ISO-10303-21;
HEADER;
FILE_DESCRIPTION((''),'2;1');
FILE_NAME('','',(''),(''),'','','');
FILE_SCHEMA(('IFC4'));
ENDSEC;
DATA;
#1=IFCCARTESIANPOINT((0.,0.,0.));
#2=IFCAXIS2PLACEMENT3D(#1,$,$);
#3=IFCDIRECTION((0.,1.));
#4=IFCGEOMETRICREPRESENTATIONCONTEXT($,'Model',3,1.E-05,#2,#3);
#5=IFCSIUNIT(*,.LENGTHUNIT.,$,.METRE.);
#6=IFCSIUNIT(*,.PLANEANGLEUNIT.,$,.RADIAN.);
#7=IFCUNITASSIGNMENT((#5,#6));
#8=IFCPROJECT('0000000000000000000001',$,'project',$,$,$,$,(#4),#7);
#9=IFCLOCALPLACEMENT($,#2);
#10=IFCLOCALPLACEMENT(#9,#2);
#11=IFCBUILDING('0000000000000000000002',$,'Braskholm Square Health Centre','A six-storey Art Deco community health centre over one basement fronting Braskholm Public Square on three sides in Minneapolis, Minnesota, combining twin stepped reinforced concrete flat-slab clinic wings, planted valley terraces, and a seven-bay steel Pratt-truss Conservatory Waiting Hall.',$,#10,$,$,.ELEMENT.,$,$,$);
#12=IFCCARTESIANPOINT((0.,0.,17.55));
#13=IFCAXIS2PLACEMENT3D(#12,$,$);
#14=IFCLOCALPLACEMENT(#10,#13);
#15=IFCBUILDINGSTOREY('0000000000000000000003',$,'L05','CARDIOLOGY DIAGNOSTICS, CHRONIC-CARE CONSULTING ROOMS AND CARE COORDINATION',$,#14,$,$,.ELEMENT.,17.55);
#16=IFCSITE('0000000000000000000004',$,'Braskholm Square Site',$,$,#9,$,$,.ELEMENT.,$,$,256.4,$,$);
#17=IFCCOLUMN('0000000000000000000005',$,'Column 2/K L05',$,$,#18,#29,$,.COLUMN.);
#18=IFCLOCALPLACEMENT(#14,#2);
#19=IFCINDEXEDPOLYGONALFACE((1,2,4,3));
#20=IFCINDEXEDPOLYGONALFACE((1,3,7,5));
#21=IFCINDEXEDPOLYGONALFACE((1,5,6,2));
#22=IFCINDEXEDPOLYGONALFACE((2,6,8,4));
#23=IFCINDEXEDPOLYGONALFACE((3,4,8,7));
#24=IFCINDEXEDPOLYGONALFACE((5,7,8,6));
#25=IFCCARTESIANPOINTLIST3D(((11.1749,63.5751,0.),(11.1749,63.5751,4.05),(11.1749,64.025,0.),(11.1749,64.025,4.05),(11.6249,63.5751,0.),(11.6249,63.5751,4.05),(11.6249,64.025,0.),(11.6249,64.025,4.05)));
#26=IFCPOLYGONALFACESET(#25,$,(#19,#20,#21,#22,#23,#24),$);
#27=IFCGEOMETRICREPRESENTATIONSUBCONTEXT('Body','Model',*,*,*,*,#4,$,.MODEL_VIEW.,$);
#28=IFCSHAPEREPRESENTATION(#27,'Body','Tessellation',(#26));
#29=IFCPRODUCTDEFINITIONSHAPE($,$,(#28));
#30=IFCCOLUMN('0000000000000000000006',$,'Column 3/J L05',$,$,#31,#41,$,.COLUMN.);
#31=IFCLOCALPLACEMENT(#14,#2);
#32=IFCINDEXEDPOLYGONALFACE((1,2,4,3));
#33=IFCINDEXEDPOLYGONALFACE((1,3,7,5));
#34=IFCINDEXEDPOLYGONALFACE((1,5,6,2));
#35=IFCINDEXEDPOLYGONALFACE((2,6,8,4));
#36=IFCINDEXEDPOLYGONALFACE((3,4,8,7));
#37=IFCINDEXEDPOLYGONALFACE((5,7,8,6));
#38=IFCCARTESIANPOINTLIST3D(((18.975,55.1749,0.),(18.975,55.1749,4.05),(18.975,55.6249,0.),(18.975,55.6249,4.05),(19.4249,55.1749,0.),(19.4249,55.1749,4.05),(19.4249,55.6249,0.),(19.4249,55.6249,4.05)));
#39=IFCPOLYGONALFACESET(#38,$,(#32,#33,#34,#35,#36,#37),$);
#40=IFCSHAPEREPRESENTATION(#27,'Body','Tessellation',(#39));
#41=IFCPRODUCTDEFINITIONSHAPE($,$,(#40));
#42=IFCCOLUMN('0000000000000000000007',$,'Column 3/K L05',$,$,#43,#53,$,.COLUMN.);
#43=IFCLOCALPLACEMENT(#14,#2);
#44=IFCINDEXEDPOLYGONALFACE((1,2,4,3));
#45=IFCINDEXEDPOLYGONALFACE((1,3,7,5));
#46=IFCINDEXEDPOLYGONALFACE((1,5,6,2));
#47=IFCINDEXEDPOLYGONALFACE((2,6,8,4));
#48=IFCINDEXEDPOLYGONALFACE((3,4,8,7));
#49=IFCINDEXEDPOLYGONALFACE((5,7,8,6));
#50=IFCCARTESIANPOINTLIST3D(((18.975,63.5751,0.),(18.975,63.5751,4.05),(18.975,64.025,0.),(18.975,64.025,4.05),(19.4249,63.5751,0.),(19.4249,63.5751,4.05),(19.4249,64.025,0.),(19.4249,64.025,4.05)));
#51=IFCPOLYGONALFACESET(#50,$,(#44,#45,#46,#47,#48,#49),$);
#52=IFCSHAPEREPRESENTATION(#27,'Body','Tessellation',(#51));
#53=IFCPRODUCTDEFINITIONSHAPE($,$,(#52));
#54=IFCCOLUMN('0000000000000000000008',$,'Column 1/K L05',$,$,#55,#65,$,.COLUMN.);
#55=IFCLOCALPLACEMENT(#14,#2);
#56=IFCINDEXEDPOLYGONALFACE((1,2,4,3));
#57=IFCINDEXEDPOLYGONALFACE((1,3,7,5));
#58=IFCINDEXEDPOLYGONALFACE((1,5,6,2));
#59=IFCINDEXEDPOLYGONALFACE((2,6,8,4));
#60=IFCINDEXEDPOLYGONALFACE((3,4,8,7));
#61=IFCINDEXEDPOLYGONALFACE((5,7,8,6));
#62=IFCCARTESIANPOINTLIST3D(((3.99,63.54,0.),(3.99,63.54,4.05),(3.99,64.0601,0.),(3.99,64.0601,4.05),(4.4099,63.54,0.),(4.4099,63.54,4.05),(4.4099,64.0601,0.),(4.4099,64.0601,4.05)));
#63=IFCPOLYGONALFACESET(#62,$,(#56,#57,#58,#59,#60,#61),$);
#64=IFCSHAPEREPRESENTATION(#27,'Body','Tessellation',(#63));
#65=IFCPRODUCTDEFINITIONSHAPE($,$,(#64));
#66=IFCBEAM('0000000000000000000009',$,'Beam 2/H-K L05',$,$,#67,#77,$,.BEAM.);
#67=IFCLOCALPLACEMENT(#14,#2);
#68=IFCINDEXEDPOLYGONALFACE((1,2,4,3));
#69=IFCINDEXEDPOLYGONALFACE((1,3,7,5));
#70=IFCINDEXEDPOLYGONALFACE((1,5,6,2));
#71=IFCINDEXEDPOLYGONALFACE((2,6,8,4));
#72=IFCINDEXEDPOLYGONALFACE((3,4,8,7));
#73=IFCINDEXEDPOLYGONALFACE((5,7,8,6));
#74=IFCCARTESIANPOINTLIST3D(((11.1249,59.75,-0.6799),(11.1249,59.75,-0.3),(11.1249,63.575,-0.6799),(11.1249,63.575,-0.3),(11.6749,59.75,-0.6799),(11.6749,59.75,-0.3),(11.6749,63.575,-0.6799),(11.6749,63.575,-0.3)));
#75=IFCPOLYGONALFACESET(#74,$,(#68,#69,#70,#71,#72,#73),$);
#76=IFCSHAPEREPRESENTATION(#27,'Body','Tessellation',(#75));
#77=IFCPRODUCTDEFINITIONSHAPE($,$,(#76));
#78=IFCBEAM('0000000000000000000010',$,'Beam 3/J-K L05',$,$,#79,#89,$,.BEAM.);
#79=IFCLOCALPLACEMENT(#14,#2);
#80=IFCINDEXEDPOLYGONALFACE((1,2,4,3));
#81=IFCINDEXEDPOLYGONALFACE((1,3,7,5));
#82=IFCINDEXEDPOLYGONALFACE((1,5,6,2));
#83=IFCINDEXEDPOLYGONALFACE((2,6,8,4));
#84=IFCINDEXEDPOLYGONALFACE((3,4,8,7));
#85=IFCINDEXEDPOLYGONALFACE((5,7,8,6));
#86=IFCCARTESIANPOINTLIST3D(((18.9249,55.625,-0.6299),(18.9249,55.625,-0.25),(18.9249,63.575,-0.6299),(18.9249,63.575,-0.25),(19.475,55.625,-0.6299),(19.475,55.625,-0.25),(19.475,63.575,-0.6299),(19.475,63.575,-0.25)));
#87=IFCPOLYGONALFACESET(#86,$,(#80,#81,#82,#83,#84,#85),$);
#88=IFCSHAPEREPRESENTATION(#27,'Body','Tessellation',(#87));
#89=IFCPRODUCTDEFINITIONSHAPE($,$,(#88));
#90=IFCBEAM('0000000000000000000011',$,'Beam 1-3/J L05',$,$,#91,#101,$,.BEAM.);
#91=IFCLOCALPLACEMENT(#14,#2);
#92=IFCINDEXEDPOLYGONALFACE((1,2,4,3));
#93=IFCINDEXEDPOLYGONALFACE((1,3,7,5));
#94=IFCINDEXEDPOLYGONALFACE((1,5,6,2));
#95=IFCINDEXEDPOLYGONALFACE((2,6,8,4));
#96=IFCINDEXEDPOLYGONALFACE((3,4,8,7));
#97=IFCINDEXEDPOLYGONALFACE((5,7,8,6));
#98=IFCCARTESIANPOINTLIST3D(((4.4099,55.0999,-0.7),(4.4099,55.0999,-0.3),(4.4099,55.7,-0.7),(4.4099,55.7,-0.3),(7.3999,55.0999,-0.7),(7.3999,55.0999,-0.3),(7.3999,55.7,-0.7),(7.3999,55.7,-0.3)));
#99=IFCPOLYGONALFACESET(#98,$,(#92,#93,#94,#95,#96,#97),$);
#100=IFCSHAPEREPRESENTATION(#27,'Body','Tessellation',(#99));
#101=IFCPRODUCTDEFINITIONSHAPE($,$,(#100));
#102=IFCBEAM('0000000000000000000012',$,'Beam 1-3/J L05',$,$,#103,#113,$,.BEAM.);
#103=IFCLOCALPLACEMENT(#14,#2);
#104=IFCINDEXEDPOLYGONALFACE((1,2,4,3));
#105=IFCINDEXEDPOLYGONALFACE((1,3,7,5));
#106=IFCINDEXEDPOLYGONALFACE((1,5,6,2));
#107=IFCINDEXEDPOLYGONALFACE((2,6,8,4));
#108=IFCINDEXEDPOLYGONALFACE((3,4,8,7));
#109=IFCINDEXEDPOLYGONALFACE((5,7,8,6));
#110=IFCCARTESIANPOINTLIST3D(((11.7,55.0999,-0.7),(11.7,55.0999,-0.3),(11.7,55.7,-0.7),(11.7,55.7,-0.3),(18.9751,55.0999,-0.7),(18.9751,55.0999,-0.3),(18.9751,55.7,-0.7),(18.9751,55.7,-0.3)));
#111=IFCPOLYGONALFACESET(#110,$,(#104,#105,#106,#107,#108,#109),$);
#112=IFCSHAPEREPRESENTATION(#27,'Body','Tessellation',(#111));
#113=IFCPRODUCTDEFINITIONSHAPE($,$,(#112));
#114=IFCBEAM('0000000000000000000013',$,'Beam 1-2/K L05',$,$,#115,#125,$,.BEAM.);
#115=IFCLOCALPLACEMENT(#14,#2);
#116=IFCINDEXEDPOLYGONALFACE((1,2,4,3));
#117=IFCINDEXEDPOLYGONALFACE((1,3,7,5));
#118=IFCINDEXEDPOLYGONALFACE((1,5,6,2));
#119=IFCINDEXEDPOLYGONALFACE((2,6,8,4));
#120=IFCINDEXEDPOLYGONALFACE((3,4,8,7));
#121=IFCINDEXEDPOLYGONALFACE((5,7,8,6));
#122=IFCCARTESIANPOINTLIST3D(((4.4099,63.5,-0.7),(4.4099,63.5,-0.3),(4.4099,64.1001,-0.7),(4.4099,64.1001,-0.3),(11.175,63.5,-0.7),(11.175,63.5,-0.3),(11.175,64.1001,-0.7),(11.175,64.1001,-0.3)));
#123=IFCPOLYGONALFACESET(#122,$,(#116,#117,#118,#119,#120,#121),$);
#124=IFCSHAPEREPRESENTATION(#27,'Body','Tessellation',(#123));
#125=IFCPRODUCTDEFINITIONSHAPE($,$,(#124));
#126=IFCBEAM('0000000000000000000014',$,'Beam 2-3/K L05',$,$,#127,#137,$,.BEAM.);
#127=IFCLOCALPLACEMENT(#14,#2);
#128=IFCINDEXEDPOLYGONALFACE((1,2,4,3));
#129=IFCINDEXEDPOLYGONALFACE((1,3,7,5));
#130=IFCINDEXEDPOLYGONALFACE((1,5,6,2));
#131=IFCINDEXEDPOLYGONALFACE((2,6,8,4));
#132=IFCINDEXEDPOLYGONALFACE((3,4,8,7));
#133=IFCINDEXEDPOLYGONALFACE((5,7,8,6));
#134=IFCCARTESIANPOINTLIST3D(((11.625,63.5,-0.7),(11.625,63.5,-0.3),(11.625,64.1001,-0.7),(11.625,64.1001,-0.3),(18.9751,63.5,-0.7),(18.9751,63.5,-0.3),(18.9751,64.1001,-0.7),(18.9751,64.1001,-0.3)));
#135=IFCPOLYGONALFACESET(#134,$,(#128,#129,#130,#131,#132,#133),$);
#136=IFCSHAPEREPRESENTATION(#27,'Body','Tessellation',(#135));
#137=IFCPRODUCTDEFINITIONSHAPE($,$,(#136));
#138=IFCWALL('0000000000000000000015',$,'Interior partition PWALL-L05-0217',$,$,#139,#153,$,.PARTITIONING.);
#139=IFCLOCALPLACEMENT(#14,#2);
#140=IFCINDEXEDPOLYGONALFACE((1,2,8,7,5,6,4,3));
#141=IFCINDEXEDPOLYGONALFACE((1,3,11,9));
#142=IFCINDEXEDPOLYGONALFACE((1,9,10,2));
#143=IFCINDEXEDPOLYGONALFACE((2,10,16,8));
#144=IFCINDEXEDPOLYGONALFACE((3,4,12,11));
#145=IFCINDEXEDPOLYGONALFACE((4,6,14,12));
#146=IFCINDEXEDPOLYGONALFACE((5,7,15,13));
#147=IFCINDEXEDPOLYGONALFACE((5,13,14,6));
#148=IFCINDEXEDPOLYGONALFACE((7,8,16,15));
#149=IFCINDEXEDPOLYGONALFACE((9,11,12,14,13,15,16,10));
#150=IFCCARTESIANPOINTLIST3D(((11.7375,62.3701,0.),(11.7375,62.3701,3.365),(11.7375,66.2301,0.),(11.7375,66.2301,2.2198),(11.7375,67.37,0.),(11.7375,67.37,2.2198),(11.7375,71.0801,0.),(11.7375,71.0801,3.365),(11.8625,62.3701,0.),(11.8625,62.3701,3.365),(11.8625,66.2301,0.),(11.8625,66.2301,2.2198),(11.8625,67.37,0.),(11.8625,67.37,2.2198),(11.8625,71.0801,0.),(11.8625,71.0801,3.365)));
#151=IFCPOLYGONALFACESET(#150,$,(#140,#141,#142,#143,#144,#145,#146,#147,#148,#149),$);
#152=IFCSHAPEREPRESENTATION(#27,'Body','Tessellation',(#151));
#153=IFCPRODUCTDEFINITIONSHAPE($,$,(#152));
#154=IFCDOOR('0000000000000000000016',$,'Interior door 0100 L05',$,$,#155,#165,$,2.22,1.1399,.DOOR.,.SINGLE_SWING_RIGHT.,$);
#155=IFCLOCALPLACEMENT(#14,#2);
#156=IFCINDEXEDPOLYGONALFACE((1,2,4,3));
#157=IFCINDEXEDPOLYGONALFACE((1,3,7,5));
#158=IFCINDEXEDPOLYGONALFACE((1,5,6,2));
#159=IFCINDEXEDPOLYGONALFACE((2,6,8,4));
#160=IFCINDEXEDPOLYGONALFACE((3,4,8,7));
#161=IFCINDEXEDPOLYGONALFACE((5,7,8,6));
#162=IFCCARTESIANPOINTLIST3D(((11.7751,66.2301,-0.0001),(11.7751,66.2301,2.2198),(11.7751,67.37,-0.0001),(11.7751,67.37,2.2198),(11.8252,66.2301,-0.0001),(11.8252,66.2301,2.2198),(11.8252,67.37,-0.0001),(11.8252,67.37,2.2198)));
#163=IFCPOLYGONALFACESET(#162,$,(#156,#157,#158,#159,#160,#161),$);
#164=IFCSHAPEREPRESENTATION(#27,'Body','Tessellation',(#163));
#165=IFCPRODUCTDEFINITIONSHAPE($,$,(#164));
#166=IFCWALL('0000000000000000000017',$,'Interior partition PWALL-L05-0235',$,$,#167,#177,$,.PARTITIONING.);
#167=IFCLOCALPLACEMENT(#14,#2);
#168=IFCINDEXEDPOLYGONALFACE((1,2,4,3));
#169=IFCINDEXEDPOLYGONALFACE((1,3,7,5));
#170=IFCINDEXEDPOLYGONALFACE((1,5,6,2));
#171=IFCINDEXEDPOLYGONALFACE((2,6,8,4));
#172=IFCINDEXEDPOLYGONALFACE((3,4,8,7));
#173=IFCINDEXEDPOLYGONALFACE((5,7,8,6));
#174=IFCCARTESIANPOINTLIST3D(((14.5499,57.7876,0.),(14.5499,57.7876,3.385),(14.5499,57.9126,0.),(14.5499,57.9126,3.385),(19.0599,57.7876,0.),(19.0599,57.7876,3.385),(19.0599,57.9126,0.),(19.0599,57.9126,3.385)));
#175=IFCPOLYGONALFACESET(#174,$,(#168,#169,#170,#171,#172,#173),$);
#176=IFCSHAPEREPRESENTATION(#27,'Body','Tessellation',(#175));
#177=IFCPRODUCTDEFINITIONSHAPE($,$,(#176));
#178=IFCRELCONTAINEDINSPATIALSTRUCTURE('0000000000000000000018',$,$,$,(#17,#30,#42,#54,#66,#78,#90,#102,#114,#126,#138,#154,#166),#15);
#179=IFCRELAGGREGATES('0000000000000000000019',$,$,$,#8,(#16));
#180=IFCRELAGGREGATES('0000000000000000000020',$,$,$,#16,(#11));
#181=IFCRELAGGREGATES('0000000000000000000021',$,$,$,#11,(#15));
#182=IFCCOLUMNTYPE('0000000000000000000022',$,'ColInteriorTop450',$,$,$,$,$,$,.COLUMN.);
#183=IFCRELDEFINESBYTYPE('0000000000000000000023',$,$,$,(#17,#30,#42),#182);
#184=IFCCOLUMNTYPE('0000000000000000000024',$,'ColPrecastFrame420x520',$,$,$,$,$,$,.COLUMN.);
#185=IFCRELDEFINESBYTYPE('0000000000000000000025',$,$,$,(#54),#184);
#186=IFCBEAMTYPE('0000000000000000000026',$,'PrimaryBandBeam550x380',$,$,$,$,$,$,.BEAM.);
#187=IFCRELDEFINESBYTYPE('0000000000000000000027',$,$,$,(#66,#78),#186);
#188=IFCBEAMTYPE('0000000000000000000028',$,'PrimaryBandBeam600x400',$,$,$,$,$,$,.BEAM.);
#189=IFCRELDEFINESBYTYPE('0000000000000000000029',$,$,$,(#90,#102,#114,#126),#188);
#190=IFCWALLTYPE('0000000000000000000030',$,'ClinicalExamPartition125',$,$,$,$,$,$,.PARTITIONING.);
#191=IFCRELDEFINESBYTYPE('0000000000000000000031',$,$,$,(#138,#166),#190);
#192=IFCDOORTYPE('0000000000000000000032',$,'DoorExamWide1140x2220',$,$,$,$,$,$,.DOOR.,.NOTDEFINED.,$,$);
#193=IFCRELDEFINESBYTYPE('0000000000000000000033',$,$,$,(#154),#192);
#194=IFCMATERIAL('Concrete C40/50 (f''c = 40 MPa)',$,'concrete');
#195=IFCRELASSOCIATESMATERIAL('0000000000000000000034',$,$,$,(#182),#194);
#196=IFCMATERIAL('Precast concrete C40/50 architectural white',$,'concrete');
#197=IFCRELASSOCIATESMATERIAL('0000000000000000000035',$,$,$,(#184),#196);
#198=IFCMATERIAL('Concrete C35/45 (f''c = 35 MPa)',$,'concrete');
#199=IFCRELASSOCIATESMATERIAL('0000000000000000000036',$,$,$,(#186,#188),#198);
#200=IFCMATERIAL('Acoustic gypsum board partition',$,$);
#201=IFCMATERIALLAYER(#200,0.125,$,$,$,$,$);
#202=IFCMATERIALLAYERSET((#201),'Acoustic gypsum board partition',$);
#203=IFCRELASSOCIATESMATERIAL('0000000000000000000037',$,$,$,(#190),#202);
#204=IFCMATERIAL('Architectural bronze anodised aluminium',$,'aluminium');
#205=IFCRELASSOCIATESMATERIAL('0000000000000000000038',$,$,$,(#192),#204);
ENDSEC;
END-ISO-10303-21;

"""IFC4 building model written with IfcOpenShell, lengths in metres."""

from ifc_helpers import new_model, si_unit, direction, frame, frame_2d, origin, origin_with_axes, origin_2d, place, context, subcontext, project, spatial, rectangle, extrude, material, layer, layer_set, material_profile, profile_set, type_object, element, fill, save


model = new_model("IFC4")

# Units and contexts
model_context = context("Model", 3, precision=1e-05, world=origin(), true_north=direction((0.0, 1.0)))
body_context = subcontext(model_context, "Body", "Model", "MODEL_VIEW")
ifc_project = project(units=[si_unit("LENGTHUNIT", "METRE"), si_unit("PLANEANGLEUNIT", "RADIAN")], contexts=[model_context])

# Site, building, storey
site_placement = place(None, origin())
site = spatial("IfcSite", under=ifc_project, at=site_placement, Name="Braskholm Square Site", CompositionType="ELEMENT", RefElevation=256.4)
building_placement = place(site_placement, origin())
building = spatial("IfcBuilding", under=site, at=building_placement, Name="Braskholm Square Health Centre", Description="A six-storey Art Deco community health centre over one basement fronting Braskholm Public Square on three sides in Minneapolis, Minnesota, combining twin stepped reinforced concrete flat-slab clinic wings, planted valley terraces, and a seven-bay steel Pratt-truss Conservatory Waiting Hall.", CompositionType="ELEMENT")
storey_placement = place(building_placement, frame((0.0, 0.0, 17.55)))
storey = spatial("IfcBuildingStorey", under=building, at=storey_placement, Name="L05", Description="CARDIOLOGY DIAGNOSTICS, CHRONIC-CARE CONSULTING ROOMS AND CARE COORDINATION", CompositionType="ELEMENT", Elevation=17.55)

# Columns
ifc_material_1 = material(Name="Concrete C40/50 (f'c = 40 MPa)", Category="concrete")
ifc_material_profile_1 = material_profile(ifc_material_1, rectangle(XDim=0.45, YDim=0.45, at=origin_2d()), Name="RC-450X450")
ifc_profile_set_1 = profile_set([ifc_material_profile_1], Name="Concrete C40/50 (f'c = 40 MPa)")
column_type_1 = type_object("IfcColumnType", Name="ColInteriorTop450", PredefinedType="COLUMN", material=ifc_profile_set_1)
for number, where, z_axis, x_axis, name in (
    (1, (11.3999, 63.8, 0.0), (0.0, 0.0, 1.0), (1.0, 0.0, 0.0), "Column 2/K L05"),
    (2, (19.2, 55.3999, 0.0), (0.0, 0.0, 1.0), (1.0, 0.0, 0.0), "Column 3/J L05"),
    (3, (19.2, 63.8, 0.0), (0.0, 0.0, 1.0), (1.0, 0.0, 0.0), "Column 3/K L05"),
):
    element("IfcColumn", number, at=place(storey_placement, frame(where, z_axis=z_axis, x_axis=x_axis)), inside=storey, type_object=column_type_1, Name=name, PredefinedType="COLUMN", context=body_context, shape_type="SweptSolid", body=[
        extrude(rectangle(XDim=0.45, YDim=0.45, at=origin_2d()), origin(), (0.0, 0.0, 1.0), 4.05),
    ])
ifc_material_2 = material(Name="Precast concrete C40/50 architectural white", Category="concrete")
ifc_material_profile_2 = material_profile(ifc_material_2, rectangle(XDim=0.4199, YDim=0.52, at=origin_2d()), Name="RC-420X520")
ifc_profile_set_2 = profile_set([ifc_material_profile_2], Name="Precast concrete C40/50 architectural white")
column_type_2 = type_object("IfcColumnType", Name="ColPrecastFrame420x520", PredefinedType="COLUMN", material=ifc_profile_set_2)
column_placement = place(storey_placement, frame((4.2, 63.8, 0.0), z_axis=(0.0, 0.0, 1.0), x_axis=(1.0, 0.0, 0.0)))
element("IfcColumn", 4, at=column_placement, inside=storey, type_object=column_type_2, Name="Column 1/K L05", PredefinedType="COLUMN", context=body_context, shape_type="SweptSolid", body=[
    extrude(rectangle(XDim=0.4199, YDim=0.52, at=origin_2d()), origin(), (0.0, 0.0, 1.0), 4.05),
])

# Beams
ifc_material_3 = material(Name="Concrete C35/45 (f'c = 35 MPa)", Category="concrete")
ifc_material_profile_3 = material_profile(ifc_material_3, rectangle(XDim=0.55, YDim=0.3799, at=origin_2d()), Name="RCB-550X380")
ifc_profile_set_3 = profile_set([ifc_material_profile_3], Name="Concrete C35/45 (f'c = 35 MPa)")
beam_type_1 = type_object("IfcBeamType", Name="PrimaryBandBeam550x380", PredefinedType="BEAM", material=ifc_profile_set_3)
beam_1_placement = place(storey_placement, frame((11.3999, 59.75, -0.49), z_axis=(0.0, 1.0, 0.0), x_axis=(-1.0, 0.0, 0.0)))
element("IfcBeam", 5, at=beam_1_placement, inside=storey, type_object=beam_type_1, Name="Beam 2/H-K L05", PredefinedType="BEAM", context=body_context, shape_type="SweptSolid", body=[
    extrude(rectangle(XDim=0.55, YDim=0.3799, at=origin_2d()), origin(), (0.0, 0.0, 1.0), 3.825),
])
beam_2_placement = place(storey_placement, frame((19.2, 55.625, -0.4399), z_axis=(0.0, 1.0, 0.0), x_axis=(-1.0, 0.0, 0.0)))
element("IfcBeam", 6, at=beam_2_placement, inside=storey, type_object=beam_type_1, Name="Beam 3/J-K L05", PredefinedType="BEAM", context=body_context, shape_type="SweptSolid", body=[
    extrude(rectangle(XDim=0.55, YDim=0.3799, at=origin_2d()), origin(), (0.0, 0.0, 1.0), 7.95),
])
ifc_material_profile_4 = material_profile(ifc_material_3, rectangle(XDim=0.6001, YDim=0.3999, at=origin_2d()), Name="RCB-600X400")
ifc_profile_set_4 = profile_set([ifc_material_profile_4], Name="Concrete C35/45 (f'c = 35 MPa)")
beam_type_2 = type_object("IfcBeamType", Name="PrimaryBandBeam600x400", PredefinedType="BEAM", material=ifc_profile_set_4)
beam_3_placement = place(storey_placement, frame((4.4099, 55.3999, -0.5), z_axis=(1.0, 0.0, 0.0), x_axis=(0.0, 1.0, 0.0)))
element("IfcBeam", 7, at=beam_3_placement, inside=storey, type_object=beam_type_2, Name="Beam 1-3/J L05", PredefinedType="BEAM", context=body_context, shape_type="SweptSolid", body=[
    extrude(rectangle(XDim=0.6001, YDim=0.3999, at=origin_2d()), origin(), (0.0, 0.0, 1.0), 2.99),
])
beam_4_placement = place(storey_placement, frame((11.7, 55.3999, -0.5), z_axis=(1.0, 0.0, 0.0), x_axis=(0.0, 1.0, 0.0)))
element("IfcBeam", 8, at=beam_4_placement, inside=storey, type_object=beam_type_2, Name="Beam 1-3/J L05", PredefinedType="BEAM", context=body_context, shape_type="SweptSolid", body=[
    extrude(rectangle(XDim=0.6001, YDim=0.3999, at=origin_2d()), origin(), (0.0, 0.0, 1.0), 7.2751),
])
beam_5_placement = place(storey_placement, frame((4.4099, 63.8, -0.5), z_axis=(1.0, 0.0, 0.0), x_axis=(0.0, 1.0, 0.0)))
element("IfcBeam", 9, at=beam_5_placement, inside=storey, type_object=beam_type_2, Name="Beam 1-2/K L05", PredefinedType="BEAM", context=body_context, shape_type="SweptSolid", body=[
    extrude(rectangle(XDim=0.6001, YDim=0.3999, at=origin_2d()), origin(), (0.0, 0.0, 1.0), 6.7651),
])
beam_6_placement = place(storey_placement, frame((11.625, 63.8, -0.5), z_axis=(1.0, 0.0, 0.0), x_axis=(0.0, 1.0, 0.0)))
element("IfcBeam", 10, at=beam_6_placement, inside=storey, type_object=beam_type_2, Name="Beam 2-3/K L05", PredefinedType="BEAM", context=body_context, shape_type="SweptSolid", body=[
    extrude(rectangle(XDim=0.6001, YDim=0.3999, at=origin_2d()), origin(), (0.0, 0.0, 1.0), 7.3501),
])

# Wall, opening, door
ifc_material_4 = material(Name="Acoustic gypsum board partition")
ifc_layer_1 = layer(ifc_material_4, 0.125)
ifc_layer_set_1 = layer_set([ifc_layer_1], Name="Acoustic gypsum board partition")
wall_type_1 = type_object("IfcWallType", Name="ClinicalExamPartition125", PredefinedType="PARTITIONING", material=ifc_layer_set_1)
wall_1_placement = place(storey_placement, frame((11.8, 62.3701, 0.0), z_axis=(0.0, 0.0, 1.0), x_axis=(0.0, 1.0, 0.0)))
wall_1 = element("IfcWall", 11, at=wall_1_placement, inside=storey, type_object=wall_type_1, Name="Interior partition PWALL-L05-0217", PredefinedType="PARTITIONING", context=body_context, shape_type="SweptSolid", body=[
    extrude(rectangle(XDim=8.71, YDim=0.125, at=frame_2d((4.355, 0.0))), origin(), (0.0, 0.0, 1.0), 3.365),
])
opening_1_placement = place(wall_1_placement, frame((3.8601, 0.0, 0.0)))
opening_1 = element("IfcOpeningElement", 12, at=opening_1_placement, cuts=wall_1, PredefinedType="OPENING", context=body_context, shape_type="SweptSolid", body=[
    extrude(rectangle(XDim=1.1399, YDim=2.22, at=frame_2d((0.5698, 1.1099))), frame((0.0, 0.0725, 0.0), z_axis=(0.0, -1.0, 0.0), x_axis=(1.0, 0.0, 0.0)), (0.0, 0.0, 1.0), 0.145),
])
ifc_material_5 = material(Name="Architectural bronze anodised aluminium", Category="aluminium")
door_type_1 = type_object("IfcDoorType", Name="DoorExamWide1140x2220", OperationType="NOTDEFINED", PredefinedType="DOOR", material=ifc_material_5)
door_1_placement = place(opening_1_placement, origin_with_axes())
door_1 = element("IfcDoor", 13, at=door_1_placement, inside=storey, type_object=door_type_1, Name="Interior door 0100 L05", OperationType="SINGLE_SWING_RIGHT", OverallHeight=2.22, OverallWidth=1.1399, PredefinedType="DOOR", context=body_context, shape_type="SweptSolid", body=[
    extrude(rectangle(XDim=1.1399, YDim=2.22, at=frame_2d((0.5698, 1.1099))), frame((0.0, 0.0249, 0.0), z_axis=(0.0, -1.0, 0.0), x_axis=(1.0, 0.0, 0.0)), (0.0, 0.0, 1.0), 0.05),
])
fill(opening_1, door_1)

# Wall
wall_2_placement = place(storey_placement, frame((14.55, 57.8501, 0.0), z_axis=(0.0, 0.0, 1.0), x_axis=(1.0, 0.0, 0.0)))
element("IfcWall", 14, at=wall_2_placement, inside=storey, type_object=wall_type_1, Name="Interior partition PWALL-L05-0235", PredefinedType="PARTITIONING", context=body_context, shape_type="SweptSolid", body=[
    extrude(rectangle(XDim=4.51, YDim=0.125, at=frame_2d((2.2549, 0.0))), origin(), (0.0, 0.0, 1.0), 3.385),
])

save(model, "model.ifc")
